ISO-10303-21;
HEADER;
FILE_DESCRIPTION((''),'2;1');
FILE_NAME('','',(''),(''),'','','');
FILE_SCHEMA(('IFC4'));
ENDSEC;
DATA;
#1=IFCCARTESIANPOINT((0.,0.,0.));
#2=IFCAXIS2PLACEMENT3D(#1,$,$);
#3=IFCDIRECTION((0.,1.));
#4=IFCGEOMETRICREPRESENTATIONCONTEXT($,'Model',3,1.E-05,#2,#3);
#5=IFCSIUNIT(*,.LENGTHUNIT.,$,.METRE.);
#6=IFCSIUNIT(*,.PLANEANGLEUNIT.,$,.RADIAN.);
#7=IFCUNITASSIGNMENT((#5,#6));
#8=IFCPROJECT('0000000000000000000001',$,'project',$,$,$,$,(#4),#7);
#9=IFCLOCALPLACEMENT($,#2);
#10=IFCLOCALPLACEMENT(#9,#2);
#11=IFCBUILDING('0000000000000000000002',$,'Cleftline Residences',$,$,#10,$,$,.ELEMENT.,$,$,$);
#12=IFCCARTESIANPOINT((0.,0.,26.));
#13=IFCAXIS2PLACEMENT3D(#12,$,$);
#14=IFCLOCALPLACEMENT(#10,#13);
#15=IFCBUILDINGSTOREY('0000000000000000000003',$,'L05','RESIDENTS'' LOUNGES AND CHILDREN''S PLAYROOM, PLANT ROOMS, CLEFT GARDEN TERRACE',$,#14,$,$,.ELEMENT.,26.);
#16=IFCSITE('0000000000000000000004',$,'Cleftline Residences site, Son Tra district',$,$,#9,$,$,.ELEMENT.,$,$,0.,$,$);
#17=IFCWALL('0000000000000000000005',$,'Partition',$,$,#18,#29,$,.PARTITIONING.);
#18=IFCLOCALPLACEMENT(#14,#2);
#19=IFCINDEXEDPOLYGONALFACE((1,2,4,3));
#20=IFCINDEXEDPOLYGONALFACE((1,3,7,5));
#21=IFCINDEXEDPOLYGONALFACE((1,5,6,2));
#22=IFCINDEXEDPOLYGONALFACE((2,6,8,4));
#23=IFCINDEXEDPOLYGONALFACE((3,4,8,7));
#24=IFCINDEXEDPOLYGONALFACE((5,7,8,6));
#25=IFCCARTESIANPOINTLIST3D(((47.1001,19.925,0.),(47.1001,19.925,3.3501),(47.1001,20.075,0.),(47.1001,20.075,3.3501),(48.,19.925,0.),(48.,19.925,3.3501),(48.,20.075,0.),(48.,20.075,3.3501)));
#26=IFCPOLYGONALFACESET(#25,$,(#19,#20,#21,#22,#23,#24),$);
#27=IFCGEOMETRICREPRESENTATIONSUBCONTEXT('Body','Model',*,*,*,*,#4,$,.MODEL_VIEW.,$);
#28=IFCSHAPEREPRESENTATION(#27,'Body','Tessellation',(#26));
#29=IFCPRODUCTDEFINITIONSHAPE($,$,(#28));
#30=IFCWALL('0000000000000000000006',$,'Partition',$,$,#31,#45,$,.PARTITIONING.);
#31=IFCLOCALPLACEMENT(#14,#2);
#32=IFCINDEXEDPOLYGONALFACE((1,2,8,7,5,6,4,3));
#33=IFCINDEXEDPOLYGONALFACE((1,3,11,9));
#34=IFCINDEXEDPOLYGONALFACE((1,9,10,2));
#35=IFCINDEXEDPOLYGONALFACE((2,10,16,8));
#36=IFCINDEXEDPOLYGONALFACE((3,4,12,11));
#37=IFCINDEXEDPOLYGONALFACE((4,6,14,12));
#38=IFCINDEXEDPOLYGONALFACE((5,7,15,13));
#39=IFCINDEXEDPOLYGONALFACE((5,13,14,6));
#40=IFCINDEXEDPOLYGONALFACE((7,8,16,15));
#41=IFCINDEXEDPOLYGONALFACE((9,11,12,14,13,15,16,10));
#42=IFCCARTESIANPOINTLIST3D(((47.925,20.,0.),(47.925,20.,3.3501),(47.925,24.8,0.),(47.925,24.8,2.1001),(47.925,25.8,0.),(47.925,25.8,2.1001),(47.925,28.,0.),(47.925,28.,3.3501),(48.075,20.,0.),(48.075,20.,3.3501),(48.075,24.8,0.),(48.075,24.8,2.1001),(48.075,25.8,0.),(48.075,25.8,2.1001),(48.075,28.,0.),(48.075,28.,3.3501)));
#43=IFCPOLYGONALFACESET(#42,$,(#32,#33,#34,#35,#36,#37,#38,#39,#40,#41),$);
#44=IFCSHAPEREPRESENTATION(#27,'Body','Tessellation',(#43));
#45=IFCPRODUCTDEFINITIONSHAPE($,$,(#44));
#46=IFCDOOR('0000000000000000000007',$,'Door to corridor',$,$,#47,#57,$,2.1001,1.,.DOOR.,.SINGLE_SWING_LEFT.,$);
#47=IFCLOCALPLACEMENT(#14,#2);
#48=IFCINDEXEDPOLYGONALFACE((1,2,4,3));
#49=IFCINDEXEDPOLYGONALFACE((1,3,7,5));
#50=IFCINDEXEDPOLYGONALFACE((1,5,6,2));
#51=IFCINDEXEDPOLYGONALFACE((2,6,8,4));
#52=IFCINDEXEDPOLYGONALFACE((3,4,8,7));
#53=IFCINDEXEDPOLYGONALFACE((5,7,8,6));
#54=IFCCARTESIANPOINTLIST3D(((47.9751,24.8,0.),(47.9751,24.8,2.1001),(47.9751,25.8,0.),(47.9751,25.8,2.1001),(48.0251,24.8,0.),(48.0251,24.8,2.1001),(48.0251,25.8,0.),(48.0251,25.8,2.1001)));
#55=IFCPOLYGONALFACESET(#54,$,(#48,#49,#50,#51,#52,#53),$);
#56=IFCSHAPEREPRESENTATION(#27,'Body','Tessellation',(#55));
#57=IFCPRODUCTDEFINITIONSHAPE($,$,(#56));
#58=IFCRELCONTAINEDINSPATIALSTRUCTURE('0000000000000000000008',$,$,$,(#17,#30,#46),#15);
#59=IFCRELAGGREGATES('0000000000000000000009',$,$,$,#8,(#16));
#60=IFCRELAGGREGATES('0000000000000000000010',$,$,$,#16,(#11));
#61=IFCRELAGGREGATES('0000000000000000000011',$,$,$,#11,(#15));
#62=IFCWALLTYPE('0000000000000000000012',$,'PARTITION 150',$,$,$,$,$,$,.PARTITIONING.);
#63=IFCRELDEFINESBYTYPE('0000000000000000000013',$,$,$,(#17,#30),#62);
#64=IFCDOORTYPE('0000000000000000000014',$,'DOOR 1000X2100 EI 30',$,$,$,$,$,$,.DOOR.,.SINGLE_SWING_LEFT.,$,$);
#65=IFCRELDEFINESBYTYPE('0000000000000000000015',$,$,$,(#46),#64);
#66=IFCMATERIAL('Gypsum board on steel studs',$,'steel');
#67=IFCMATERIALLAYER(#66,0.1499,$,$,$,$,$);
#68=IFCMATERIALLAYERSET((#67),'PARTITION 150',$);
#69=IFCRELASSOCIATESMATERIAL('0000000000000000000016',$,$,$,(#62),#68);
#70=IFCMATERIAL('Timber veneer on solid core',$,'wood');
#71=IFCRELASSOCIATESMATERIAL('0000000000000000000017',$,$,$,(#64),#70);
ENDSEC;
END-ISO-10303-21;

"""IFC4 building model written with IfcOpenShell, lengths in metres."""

from ifc_helpers import new_model, si_unit, direction, frame, frame_2d, origin, place, context, subcontext, project, spatial, rectangle, extrude, material, layer, layer_set, type_object, element, fill, save


model = new_model("IFC4")

# Units and contexts
model_context = context("Model", 3, precision=1e-05, world=origin(), true_north=direction((0.0, 1.0)))
body_context = subcontext(model_context, "Body", "Model", "MODEL_VIEW")
ifc_project = project(units=[si_unit("LENGTHUNIT", "METRE"), si_unit("PLANEANGLEUNIT", "RADIAN")], contexts=[model_context])

# Site, building, storey
site_placement = place(None, origin())
site = spatial("IfcSite", under=ifc_project, at=site_placement, Name="Cleftline Residences site, Son Tra district", CompositionType="ELEMENT", RefElevation=0.0)
building_placement = place(site_placement, origin())
building = spatial("IfcBuilding", under=site, at=building_placement, Name="Cleftline Residences", CompositionType="ELEMENT")
storey_placement = place(building_placement, frame((0.0, 0.0, 26.0)))
storey = spatial("IfcBuildingStorey", under=building, at=storey_placement, Name="L05", Description="RESIDENTS' LOUNGES AND CHILDREN'S PLAYROOM, PLANT ROOMS, CLEFT GARDEN TERRACE", CompositionType="ELEMENT", Elevation=26.0)

# Shared definitions
ifc_material_1 = material(Name="Gypsum board on steel studs", Category="steel")
ifc_layer_1 = layer(ifc_material_1, 0.1499)
ifc_layer_set_1 = layer_set([ifc_layer_1], Name="PARTITION 150")
wall_type_1 = type_object("IfcWallType", Name="PARTITION 150", PredefinedType="PARTITIONING", material=ifc_layer_set_1)

# Wall
wall_1_placement = place(storey_placement, frame((47.1001, 20.0, 0.0), z_axis=(0.0, 0.0, 1.0), x_axis=(1.0, 0.0, 0.0)))
element("IfcWall", 1, at=wall_1_placement, inside=storey, type_object=wall_type_1, Name="Partition", PredefinedType="PARTITIONING", context=body_context, shape_type="SweptSolid", body=[
    extrude(rectangle(XDim=0.8999, YDim=0.1499, at=frame_2d((0.45, 0.0))), origin(), (0.0, 0.0, 1.0), 3.3501),
])

# Wall, opening, door
wall_2_placement = place(storey_placement, frame((48.0, 20.0, 0.0), z_axis=(0.0, 0.0, 1.0), x_axis=(0.0, 1.0, 0.0)))
wall_2 = element("IfcWall", 2, at=wall_2_placement, inside=storey, type_object=wall_type_1, Name="Partition", PredefinedType="PARTITIONING", context=body_context, shape_type="SweptSolid", body=[
    extrude(rectangle(XDim=8.0, YDim=0.1499, at=frame_2d((4.0, 0.0))), origin(), (0.0, 0.0, 1.0), 3.3501),
])
opening_1_placement = place(wall_2_placement, frame((4.8, 0.0, 0.0)))
opening_1 = element("IfcOpeningElement", 3, at=opening_1_placement, cuts=wall_2, PredefinedType="OPENING", context=body_context, shape_type="SweptSolid", body=[
    extrude(rectangle(XDim=1.0, YDim=2.1001, at=frame_2d((0.5, 1.05))), frame((0.0, 0.085, 0.0), z_axis=(0.0, -1.0, 0.0), x_axis=(1.0, 0.0, 0.0)), (0.0, 0.0, 1.0), 0.1699),
])
ifc_material_2 = material(Name="Timber veneer on solid core", Category="wood")
door_type_1 = type_object("IfcDoorType", Name="DOOR 1000X2100 EI 30", OperationType="SINGLE_SWING_LEFT", PredefinedType="DOOR", material=ifc_material_2)
door_1_placement = place(opening_1_placement, origin())
door_1 = element("IfcDoor", 4, at=door_1_placement, inside=storey, type_object=door_type_1, Name="Door to corridor", OperationType="SINGLE_SWING_LEFT", OverallHeight=2.1001, OverallWidth=1.0, PredefinedType="DOOR", context=body_context, shape_type="SweptSolid", body=[
    extrude(rectangle(XDim=1.0, YDim=2.1001, at=frame_2d((0.5, 1.05))), frame((0.0, 0.0249, 0.0), z_axis=(0.0, -1.0, 0.0), x_axis=(1.0, 0.0, 0.0)), (0.0, 0.0, 1.0), 0.05),
])
fill(opening_1, door_1)

save(model, "model.ifc")
